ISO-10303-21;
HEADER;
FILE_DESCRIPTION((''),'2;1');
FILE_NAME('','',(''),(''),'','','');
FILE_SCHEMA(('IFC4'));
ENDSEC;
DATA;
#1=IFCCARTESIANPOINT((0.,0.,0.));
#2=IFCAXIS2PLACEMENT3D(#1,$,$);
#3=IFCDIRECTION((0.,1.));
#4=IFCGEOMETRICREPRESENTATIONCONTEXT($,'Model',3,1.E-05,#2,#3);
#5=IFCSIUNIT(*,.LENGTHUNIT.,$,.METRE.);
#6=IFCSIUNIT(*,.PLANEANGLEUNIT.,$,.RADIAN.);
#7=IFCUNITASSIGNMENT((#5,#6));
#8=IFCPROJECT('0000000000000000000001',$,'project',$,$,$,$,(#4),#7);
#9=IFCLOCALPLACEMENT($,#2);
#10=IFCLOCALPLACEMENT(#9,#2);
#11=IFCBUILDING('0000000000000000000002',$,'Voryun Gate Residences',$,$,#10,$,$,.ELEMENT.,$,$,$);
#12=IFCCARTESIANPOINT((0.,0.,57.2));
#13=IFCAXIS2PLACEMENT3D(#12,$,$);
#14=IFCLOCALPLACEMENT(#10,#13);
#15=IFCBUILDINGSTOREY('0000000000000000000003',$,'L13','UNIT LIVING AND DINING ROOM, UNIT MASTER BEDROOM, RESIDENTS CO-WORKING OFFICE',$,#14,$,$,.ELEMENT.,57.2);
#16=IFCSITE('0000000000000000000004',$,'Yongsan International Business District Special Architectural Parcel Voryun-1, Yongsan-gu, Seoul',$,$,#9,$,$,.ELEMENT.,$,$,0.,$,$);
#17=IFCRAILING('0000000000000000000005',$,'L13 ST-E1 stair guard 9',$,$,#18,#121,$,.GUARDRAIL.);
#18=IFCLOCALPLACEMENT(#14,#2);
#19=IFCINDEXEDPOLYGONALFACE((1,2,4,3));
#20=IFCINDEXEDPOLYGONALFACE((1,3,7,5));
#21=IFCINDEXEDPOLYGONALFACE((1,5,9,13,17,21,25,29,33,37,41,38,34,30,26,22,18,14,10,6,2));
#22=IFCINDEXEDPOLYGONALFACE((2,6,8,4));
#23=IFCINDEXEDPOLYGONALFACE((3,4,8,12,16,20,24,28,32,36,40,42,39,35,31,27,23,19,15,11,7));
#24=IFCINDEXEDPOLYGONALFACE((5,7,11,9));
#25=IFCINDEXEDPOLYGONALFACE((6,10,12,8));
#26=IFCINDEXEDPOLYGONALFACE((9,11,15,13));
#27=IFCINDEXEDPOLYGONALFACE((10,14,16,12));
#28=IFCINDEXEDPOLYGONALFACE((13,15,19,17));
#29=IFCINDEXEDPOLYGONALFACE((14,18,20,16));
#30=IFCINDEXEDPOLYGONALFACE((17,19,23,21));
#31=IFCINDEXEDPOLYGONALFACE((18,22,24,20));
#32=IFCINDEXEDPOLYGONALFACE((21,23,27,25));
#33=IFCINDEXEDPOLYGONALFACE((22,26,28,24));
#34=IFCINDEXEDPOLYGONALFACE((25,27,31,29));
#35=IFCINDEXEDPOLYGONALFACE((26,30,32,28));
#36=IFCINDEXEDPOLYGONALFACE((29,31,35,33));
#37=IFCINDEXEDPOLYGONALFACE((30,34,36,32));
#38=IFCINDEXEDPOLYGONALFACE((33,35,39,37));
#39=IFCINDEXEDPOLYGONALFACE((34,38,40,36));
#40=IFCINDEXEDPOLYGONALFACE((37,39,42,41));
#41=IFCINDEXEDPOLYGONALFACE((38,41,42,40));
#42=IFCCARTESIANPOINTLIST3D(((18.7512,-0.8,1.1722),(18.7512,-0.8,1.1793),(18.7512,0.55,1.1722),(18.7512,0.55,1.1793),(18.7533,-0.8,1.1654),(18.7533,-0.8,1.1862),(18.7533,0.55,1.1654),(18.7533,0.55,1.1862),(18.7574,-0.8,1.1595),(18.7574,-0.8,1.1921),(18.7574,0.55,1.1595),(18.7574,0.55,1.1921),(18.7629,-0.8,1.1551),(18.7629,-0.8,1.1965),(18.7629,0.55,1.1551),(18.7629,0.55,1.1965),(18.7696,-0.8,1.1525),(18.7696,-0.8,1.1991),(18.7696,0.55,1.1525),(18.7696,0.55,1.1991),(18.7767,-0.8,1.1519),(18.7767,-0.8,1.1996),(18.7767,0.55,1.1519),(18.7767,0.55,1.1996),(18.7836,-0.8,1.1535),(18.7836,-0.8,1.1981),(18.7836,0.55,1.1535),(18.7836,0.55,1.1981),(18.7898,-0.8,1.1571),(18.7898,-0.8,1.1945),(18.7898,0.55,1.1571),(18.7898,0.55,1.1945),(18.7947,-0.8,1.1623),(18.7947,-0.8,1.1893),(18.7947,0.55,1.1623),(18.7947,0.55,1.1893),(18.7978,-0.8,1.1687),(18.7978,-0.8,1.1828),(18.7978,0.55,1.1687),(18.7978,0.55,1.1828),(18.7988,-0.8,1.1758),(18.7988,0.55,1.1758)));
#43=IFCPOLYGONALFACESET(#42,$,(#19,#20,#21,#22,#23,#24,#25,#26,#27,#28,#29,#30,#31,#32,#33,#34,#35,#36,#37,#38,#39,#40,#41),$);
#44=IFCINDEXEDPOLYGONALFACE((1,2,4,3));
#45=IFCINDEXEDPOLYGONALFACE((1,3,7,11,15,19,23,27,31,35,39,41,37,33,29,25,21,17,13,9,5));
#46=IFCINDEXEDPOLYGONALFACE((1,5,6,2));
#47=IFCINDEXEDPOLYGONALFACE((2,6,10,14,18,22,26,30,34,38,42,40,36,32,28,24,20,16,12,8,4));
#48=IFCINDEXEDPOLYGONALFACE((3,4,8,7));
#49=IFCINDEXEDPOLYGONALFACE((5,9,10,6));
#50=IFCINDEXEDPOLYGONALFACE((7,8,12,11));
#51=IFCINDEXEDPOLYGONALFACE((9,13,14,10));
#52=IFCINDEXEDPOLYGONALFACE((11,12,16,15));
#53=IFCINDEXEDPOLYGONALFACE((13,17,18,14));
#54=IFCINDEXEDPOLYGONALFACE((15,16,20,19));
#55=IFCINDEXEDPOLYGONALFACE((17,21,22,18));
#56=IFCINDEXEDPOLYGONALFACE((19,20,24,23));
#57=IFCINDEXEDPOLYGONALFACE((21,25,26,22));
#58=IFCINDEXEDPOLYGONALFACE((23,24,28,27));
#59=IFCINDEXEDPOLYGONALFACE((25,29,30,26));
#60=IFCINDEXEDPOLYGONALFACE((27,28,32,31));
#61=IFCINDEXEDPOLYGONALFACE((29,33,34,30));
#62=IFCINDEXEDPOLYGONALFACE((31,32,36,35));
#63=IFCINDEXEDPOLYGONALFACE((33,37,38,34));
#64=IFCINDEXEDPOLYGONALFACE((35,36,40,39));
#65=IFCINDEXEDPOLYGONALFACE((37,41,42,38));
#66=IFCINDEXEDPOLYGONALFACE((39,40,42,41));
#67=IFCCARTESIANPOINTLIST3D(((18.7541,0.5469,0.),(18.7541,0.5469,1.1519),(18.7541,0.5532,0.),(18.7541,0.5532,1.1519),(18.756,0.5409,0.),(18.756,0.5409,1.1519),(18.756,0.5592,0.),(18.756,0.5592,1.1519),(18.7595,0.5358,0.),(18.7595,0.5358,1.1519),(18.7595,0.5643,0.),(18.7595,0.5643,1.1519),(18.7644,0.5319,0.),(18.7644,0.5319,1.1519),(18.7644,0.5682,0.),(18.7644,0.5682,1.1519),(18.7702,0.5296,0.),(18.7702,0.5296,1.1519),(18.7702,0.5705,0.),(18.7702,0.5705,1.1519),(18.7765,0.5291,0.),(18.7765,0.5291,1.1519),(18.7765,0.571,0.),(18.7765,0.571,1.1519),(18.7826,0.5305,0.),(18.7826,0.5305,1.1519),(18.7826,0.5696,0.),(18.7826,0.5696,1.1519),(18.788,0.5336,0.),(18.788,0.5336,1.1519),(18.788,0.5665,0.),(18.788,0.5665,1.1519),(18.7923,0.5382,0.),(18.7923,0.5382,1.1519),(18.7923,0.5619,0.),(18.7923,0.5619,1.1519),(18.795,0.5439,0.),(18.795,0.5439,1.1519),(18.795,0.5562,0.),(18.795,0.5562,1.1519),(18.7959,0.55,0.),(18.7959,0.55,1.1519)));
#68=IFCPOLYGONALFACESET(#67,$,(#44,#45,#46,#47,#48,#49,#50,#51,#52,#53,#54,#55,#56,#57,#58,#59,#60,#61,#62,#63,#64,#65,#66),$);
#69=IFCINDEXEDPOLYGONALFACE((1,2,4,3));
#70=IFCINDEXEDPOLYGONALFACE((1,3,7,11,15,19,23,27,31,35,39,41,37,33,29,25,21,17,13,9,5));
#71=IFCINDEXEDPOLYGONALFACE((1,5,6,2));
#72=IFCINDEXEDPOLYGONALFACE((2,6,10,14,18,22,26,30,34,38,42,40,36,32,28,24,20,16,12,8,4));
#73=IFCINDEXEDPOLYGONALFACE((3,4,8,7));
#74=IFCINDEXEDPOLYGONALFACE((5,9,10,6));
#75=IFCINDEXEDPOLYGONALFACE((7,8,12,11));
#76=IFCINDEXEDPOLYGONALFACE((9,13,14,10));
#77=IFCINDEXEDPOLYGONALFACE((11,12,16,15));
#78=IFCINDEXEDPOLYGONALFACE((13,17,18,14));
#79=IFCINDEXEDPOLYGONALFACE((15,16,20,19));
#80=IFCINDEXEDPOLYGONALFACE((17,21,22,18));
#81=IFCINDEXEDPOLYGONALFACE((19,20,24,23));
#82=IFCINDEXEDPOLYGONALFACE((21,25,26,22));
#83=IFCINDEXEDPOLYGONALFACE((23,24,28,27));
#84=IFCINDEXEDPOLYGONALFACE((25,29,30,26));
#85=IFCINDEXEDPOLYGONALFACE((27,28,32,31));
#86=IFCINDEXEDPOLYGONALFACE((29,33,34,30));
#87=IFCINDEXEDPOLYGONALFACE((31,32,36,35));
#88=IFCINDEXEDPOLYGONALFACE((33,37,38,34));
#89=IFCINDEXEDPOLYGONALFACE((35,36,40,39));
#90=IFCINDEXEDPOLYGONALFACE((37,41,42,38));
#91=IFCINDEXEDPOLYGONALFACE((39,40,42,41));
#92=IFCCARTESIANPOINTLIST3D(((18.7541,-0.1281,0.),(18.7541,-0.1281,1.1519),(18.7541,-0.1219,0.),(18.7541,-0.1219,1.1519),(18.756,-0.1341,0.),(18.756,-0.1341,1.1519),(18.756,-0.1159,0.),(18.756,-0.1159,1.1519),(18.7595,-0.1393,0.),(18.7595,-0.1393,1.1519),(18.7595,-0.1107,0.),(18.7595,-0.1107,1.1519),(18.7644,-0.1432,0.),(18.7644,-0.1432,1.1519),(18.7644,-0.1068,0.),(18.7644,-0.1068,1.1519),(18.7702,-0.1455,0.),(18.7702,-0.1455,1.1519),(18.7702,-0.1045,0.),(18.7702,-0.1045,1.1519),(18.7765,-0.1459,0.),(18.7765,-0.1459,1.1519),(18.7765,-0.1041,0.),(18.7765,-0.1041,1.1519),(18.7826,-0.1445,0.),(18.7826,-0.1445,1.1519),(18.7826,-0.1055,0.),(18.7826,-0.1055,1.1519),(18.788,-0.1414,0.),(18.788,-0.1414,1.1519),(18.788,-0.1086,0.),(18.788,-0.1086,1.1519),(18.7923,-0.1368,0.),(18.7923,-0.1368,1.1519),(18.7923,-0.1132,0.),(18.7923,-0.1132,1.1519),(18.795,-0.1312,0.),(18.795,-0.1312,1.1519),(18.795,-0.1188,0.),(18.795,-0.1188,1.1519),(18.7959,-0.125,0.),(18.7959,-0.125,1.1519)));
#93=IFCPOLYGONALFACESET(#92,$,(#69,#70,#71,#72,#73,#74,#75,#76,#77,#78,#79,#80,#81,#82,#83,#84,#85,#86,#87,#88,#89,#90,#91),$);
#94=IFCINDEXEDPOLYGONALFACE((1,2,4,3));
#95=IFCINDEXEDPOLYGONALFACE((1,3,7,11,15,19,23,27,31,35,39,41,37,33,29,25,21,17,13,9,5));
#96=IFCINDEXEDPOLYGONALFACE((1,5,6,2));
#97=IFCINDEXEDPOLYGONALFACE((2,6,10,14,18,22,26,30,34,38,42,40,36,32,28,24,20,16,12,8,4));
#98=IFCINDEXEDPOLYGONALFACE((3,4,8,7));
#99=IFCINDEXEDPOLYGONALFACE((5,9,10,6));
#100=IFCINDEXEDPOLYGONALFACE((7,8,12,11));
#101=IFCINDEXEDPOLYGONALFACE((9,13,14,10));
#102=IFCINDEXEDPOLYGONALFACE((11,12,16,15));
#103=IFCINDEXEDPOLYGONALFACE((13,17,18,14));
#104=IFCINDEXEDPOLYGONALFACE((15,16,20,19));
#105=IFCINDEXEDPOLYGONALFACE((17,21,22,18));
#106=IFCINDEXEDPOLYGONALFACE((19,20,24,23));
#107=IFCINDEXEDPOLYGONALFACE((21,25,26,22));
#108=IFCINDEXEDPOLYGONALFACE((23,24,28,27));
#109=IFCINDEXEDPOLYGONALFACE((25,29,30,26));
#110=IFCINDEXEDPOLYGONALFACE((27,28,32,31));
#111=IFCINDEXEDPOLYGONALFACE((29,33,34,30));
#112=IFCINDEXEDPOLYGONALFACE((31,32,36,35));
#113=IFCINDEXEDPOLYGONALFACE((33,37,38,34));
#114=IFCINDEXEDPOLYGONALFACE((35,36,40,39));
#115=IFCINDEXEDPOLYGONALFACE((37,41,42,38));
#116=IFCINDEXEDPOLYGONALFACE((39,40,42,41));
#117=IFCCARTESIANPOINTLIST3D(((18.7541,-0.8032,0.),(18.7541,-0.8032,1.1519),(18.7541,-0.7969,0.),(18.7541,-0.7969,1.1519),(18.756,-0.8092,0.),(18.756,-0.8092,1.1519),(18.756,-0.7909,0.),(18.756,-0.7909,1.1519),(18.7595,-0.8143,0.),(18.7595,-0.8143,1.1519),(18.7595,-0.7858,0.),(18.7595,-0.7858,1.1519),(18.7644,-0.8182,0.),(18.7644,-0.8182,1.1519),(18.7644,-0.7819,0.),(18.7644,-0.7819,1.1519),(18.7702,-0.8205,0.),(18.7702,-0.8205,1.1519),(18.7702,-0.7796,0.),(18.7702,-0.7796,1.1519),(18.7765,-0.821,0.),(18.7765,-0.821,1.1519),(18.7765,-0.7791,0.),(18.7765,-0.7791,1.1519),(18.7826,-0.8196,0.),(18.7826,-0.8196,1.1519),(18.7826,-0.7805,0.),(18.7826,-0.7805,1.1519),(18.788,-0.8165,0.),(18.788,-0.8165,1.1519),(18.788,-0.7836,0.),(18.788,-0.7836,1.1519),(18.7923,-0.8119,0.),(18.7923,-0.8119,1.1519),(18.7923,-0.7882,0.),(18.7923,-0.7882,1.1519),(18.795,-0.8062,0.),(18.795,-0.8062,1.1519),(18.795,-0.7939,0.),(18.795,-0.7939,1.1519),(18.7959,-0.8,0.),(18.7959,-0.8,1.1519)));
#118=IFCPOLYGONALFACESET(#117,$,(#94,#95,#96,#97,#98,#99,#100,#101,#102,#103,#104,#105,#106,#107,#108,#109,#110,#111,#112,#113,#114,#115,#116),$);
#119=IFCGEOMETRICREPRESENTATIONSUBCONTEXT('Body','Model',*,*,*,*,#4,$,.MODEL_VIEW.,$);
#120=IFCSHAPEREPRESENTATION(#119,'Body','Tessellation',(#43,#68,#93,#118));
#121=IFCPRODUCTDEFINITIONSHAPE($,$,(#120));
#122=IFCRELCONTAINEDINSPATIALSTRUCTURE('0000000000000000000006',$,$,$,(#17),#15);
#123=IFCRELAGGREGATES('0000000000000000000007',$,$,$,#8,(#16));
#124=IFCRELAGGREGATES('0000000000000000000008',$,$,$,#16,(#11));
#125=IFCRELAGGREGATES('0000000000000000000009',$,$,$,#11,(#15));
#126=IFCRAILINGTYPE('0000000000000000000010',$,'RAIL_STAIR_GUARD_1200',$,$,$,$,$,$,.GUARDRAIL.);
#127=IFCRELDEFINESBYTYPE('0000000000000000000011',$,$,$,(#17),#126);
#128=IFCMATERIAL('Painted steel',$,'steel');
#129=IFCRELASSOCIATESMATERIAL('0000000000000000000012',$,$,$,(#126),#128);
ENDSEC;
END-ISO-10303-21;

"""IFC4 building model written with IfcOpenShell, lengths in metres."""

from ifc_helpers import new_model, si_unit, direction, frame, origin, origin_2d, place, context, subcontext, project, spatial, circle, extrude, material, type_object, element, save


model = new_model("IFC4")

# Units and contexts
model_context = context("Model", 3, precision=1e-05, world=origin(), true_north=direction((0.0, 1.0)))
body_context = subcontext(model_context, "Body", "Model", "MODEL_VIEW")
ifc_project = project(units=[si_unit("LENGTHUNIT", "METRE"), si_unit("PLANEANGLEUNIT", "RADIAN")], contexts=[model_context])

# Site, building, storey
site_placement = place(None, origin())
site = spatial("IfcSite", under=ifc_project, at=site_placement, Name="Yongsan International Business District Special Architectural Parcel Voryun-1, Yongsan-gu, Seoul", CompositionType="ELEMENT", RefElevation=0.0)
building_placement = place(site_placement, origin())
building = spatial("IfcBuilding", under=site, at=building_placement, Name="Voryun Gate Residences", CompositionType="ELEMENT")
storey_placement = place(building_placement, frame((0.0, 0.0, 57.2)))
storey = spatial("IfcBuildingStorey", under=building, at=storey_placement, Name="L13", Description="UNIT LIVING AND DINING ROOM, UNIT MASTER BEDROOM, RESIDENTS CO-WORKING OFFICE", CompositionType="ELEMENT", Elevation=57.2)

# Railing
ifc_material_1 = material(Name="Painted steel", Category="steel")
railing_type = type_object("IfcRailingType", Name="RAIL_STAIR_GUARD_1200", PredefinedType="GUARDRAIL", material=ifc_material_1)
for number, where, name in (
    (1, (18.7749, 0.55, 0.0), "L13 ST-E1 stair guard 9"),
):
    element("IfcRailing", number, at=place(storey_placement, frame(where)), inside=storey, type_object=railing_type, Name=name, PredefinedType="GUARDRAIL", context=body_context, shape_type="SweptSolid", body=[
        extrude(circle(Radius=0.0239, at=origin_2d()), frame((0.0, 0.0, 1.1758), z_axis=(0.0, -1.0, 0.0), x_axis=(1.0, 0.0, 0.0)), (0.0, 0.0, 1.0), 1.3501),
        extrude(circle(Radius=0.021, at=origin_2d()), origin(), (0.0, 0.0, 1.0), 1.1519),
        extrude(circle(Radius=0.021, at=origin_2d()), frame((0.0, -0.675, 0.0)), (0.0, 0.0, 1.0), 1.1519),
        extrude(circle(Radius=0.021, at=origin_2d()), frame((0.0, -1.3501, 0.0)), (0.0, 0.0, 1.0), 1.1519),
    ])

save(model, "model.ifc")
